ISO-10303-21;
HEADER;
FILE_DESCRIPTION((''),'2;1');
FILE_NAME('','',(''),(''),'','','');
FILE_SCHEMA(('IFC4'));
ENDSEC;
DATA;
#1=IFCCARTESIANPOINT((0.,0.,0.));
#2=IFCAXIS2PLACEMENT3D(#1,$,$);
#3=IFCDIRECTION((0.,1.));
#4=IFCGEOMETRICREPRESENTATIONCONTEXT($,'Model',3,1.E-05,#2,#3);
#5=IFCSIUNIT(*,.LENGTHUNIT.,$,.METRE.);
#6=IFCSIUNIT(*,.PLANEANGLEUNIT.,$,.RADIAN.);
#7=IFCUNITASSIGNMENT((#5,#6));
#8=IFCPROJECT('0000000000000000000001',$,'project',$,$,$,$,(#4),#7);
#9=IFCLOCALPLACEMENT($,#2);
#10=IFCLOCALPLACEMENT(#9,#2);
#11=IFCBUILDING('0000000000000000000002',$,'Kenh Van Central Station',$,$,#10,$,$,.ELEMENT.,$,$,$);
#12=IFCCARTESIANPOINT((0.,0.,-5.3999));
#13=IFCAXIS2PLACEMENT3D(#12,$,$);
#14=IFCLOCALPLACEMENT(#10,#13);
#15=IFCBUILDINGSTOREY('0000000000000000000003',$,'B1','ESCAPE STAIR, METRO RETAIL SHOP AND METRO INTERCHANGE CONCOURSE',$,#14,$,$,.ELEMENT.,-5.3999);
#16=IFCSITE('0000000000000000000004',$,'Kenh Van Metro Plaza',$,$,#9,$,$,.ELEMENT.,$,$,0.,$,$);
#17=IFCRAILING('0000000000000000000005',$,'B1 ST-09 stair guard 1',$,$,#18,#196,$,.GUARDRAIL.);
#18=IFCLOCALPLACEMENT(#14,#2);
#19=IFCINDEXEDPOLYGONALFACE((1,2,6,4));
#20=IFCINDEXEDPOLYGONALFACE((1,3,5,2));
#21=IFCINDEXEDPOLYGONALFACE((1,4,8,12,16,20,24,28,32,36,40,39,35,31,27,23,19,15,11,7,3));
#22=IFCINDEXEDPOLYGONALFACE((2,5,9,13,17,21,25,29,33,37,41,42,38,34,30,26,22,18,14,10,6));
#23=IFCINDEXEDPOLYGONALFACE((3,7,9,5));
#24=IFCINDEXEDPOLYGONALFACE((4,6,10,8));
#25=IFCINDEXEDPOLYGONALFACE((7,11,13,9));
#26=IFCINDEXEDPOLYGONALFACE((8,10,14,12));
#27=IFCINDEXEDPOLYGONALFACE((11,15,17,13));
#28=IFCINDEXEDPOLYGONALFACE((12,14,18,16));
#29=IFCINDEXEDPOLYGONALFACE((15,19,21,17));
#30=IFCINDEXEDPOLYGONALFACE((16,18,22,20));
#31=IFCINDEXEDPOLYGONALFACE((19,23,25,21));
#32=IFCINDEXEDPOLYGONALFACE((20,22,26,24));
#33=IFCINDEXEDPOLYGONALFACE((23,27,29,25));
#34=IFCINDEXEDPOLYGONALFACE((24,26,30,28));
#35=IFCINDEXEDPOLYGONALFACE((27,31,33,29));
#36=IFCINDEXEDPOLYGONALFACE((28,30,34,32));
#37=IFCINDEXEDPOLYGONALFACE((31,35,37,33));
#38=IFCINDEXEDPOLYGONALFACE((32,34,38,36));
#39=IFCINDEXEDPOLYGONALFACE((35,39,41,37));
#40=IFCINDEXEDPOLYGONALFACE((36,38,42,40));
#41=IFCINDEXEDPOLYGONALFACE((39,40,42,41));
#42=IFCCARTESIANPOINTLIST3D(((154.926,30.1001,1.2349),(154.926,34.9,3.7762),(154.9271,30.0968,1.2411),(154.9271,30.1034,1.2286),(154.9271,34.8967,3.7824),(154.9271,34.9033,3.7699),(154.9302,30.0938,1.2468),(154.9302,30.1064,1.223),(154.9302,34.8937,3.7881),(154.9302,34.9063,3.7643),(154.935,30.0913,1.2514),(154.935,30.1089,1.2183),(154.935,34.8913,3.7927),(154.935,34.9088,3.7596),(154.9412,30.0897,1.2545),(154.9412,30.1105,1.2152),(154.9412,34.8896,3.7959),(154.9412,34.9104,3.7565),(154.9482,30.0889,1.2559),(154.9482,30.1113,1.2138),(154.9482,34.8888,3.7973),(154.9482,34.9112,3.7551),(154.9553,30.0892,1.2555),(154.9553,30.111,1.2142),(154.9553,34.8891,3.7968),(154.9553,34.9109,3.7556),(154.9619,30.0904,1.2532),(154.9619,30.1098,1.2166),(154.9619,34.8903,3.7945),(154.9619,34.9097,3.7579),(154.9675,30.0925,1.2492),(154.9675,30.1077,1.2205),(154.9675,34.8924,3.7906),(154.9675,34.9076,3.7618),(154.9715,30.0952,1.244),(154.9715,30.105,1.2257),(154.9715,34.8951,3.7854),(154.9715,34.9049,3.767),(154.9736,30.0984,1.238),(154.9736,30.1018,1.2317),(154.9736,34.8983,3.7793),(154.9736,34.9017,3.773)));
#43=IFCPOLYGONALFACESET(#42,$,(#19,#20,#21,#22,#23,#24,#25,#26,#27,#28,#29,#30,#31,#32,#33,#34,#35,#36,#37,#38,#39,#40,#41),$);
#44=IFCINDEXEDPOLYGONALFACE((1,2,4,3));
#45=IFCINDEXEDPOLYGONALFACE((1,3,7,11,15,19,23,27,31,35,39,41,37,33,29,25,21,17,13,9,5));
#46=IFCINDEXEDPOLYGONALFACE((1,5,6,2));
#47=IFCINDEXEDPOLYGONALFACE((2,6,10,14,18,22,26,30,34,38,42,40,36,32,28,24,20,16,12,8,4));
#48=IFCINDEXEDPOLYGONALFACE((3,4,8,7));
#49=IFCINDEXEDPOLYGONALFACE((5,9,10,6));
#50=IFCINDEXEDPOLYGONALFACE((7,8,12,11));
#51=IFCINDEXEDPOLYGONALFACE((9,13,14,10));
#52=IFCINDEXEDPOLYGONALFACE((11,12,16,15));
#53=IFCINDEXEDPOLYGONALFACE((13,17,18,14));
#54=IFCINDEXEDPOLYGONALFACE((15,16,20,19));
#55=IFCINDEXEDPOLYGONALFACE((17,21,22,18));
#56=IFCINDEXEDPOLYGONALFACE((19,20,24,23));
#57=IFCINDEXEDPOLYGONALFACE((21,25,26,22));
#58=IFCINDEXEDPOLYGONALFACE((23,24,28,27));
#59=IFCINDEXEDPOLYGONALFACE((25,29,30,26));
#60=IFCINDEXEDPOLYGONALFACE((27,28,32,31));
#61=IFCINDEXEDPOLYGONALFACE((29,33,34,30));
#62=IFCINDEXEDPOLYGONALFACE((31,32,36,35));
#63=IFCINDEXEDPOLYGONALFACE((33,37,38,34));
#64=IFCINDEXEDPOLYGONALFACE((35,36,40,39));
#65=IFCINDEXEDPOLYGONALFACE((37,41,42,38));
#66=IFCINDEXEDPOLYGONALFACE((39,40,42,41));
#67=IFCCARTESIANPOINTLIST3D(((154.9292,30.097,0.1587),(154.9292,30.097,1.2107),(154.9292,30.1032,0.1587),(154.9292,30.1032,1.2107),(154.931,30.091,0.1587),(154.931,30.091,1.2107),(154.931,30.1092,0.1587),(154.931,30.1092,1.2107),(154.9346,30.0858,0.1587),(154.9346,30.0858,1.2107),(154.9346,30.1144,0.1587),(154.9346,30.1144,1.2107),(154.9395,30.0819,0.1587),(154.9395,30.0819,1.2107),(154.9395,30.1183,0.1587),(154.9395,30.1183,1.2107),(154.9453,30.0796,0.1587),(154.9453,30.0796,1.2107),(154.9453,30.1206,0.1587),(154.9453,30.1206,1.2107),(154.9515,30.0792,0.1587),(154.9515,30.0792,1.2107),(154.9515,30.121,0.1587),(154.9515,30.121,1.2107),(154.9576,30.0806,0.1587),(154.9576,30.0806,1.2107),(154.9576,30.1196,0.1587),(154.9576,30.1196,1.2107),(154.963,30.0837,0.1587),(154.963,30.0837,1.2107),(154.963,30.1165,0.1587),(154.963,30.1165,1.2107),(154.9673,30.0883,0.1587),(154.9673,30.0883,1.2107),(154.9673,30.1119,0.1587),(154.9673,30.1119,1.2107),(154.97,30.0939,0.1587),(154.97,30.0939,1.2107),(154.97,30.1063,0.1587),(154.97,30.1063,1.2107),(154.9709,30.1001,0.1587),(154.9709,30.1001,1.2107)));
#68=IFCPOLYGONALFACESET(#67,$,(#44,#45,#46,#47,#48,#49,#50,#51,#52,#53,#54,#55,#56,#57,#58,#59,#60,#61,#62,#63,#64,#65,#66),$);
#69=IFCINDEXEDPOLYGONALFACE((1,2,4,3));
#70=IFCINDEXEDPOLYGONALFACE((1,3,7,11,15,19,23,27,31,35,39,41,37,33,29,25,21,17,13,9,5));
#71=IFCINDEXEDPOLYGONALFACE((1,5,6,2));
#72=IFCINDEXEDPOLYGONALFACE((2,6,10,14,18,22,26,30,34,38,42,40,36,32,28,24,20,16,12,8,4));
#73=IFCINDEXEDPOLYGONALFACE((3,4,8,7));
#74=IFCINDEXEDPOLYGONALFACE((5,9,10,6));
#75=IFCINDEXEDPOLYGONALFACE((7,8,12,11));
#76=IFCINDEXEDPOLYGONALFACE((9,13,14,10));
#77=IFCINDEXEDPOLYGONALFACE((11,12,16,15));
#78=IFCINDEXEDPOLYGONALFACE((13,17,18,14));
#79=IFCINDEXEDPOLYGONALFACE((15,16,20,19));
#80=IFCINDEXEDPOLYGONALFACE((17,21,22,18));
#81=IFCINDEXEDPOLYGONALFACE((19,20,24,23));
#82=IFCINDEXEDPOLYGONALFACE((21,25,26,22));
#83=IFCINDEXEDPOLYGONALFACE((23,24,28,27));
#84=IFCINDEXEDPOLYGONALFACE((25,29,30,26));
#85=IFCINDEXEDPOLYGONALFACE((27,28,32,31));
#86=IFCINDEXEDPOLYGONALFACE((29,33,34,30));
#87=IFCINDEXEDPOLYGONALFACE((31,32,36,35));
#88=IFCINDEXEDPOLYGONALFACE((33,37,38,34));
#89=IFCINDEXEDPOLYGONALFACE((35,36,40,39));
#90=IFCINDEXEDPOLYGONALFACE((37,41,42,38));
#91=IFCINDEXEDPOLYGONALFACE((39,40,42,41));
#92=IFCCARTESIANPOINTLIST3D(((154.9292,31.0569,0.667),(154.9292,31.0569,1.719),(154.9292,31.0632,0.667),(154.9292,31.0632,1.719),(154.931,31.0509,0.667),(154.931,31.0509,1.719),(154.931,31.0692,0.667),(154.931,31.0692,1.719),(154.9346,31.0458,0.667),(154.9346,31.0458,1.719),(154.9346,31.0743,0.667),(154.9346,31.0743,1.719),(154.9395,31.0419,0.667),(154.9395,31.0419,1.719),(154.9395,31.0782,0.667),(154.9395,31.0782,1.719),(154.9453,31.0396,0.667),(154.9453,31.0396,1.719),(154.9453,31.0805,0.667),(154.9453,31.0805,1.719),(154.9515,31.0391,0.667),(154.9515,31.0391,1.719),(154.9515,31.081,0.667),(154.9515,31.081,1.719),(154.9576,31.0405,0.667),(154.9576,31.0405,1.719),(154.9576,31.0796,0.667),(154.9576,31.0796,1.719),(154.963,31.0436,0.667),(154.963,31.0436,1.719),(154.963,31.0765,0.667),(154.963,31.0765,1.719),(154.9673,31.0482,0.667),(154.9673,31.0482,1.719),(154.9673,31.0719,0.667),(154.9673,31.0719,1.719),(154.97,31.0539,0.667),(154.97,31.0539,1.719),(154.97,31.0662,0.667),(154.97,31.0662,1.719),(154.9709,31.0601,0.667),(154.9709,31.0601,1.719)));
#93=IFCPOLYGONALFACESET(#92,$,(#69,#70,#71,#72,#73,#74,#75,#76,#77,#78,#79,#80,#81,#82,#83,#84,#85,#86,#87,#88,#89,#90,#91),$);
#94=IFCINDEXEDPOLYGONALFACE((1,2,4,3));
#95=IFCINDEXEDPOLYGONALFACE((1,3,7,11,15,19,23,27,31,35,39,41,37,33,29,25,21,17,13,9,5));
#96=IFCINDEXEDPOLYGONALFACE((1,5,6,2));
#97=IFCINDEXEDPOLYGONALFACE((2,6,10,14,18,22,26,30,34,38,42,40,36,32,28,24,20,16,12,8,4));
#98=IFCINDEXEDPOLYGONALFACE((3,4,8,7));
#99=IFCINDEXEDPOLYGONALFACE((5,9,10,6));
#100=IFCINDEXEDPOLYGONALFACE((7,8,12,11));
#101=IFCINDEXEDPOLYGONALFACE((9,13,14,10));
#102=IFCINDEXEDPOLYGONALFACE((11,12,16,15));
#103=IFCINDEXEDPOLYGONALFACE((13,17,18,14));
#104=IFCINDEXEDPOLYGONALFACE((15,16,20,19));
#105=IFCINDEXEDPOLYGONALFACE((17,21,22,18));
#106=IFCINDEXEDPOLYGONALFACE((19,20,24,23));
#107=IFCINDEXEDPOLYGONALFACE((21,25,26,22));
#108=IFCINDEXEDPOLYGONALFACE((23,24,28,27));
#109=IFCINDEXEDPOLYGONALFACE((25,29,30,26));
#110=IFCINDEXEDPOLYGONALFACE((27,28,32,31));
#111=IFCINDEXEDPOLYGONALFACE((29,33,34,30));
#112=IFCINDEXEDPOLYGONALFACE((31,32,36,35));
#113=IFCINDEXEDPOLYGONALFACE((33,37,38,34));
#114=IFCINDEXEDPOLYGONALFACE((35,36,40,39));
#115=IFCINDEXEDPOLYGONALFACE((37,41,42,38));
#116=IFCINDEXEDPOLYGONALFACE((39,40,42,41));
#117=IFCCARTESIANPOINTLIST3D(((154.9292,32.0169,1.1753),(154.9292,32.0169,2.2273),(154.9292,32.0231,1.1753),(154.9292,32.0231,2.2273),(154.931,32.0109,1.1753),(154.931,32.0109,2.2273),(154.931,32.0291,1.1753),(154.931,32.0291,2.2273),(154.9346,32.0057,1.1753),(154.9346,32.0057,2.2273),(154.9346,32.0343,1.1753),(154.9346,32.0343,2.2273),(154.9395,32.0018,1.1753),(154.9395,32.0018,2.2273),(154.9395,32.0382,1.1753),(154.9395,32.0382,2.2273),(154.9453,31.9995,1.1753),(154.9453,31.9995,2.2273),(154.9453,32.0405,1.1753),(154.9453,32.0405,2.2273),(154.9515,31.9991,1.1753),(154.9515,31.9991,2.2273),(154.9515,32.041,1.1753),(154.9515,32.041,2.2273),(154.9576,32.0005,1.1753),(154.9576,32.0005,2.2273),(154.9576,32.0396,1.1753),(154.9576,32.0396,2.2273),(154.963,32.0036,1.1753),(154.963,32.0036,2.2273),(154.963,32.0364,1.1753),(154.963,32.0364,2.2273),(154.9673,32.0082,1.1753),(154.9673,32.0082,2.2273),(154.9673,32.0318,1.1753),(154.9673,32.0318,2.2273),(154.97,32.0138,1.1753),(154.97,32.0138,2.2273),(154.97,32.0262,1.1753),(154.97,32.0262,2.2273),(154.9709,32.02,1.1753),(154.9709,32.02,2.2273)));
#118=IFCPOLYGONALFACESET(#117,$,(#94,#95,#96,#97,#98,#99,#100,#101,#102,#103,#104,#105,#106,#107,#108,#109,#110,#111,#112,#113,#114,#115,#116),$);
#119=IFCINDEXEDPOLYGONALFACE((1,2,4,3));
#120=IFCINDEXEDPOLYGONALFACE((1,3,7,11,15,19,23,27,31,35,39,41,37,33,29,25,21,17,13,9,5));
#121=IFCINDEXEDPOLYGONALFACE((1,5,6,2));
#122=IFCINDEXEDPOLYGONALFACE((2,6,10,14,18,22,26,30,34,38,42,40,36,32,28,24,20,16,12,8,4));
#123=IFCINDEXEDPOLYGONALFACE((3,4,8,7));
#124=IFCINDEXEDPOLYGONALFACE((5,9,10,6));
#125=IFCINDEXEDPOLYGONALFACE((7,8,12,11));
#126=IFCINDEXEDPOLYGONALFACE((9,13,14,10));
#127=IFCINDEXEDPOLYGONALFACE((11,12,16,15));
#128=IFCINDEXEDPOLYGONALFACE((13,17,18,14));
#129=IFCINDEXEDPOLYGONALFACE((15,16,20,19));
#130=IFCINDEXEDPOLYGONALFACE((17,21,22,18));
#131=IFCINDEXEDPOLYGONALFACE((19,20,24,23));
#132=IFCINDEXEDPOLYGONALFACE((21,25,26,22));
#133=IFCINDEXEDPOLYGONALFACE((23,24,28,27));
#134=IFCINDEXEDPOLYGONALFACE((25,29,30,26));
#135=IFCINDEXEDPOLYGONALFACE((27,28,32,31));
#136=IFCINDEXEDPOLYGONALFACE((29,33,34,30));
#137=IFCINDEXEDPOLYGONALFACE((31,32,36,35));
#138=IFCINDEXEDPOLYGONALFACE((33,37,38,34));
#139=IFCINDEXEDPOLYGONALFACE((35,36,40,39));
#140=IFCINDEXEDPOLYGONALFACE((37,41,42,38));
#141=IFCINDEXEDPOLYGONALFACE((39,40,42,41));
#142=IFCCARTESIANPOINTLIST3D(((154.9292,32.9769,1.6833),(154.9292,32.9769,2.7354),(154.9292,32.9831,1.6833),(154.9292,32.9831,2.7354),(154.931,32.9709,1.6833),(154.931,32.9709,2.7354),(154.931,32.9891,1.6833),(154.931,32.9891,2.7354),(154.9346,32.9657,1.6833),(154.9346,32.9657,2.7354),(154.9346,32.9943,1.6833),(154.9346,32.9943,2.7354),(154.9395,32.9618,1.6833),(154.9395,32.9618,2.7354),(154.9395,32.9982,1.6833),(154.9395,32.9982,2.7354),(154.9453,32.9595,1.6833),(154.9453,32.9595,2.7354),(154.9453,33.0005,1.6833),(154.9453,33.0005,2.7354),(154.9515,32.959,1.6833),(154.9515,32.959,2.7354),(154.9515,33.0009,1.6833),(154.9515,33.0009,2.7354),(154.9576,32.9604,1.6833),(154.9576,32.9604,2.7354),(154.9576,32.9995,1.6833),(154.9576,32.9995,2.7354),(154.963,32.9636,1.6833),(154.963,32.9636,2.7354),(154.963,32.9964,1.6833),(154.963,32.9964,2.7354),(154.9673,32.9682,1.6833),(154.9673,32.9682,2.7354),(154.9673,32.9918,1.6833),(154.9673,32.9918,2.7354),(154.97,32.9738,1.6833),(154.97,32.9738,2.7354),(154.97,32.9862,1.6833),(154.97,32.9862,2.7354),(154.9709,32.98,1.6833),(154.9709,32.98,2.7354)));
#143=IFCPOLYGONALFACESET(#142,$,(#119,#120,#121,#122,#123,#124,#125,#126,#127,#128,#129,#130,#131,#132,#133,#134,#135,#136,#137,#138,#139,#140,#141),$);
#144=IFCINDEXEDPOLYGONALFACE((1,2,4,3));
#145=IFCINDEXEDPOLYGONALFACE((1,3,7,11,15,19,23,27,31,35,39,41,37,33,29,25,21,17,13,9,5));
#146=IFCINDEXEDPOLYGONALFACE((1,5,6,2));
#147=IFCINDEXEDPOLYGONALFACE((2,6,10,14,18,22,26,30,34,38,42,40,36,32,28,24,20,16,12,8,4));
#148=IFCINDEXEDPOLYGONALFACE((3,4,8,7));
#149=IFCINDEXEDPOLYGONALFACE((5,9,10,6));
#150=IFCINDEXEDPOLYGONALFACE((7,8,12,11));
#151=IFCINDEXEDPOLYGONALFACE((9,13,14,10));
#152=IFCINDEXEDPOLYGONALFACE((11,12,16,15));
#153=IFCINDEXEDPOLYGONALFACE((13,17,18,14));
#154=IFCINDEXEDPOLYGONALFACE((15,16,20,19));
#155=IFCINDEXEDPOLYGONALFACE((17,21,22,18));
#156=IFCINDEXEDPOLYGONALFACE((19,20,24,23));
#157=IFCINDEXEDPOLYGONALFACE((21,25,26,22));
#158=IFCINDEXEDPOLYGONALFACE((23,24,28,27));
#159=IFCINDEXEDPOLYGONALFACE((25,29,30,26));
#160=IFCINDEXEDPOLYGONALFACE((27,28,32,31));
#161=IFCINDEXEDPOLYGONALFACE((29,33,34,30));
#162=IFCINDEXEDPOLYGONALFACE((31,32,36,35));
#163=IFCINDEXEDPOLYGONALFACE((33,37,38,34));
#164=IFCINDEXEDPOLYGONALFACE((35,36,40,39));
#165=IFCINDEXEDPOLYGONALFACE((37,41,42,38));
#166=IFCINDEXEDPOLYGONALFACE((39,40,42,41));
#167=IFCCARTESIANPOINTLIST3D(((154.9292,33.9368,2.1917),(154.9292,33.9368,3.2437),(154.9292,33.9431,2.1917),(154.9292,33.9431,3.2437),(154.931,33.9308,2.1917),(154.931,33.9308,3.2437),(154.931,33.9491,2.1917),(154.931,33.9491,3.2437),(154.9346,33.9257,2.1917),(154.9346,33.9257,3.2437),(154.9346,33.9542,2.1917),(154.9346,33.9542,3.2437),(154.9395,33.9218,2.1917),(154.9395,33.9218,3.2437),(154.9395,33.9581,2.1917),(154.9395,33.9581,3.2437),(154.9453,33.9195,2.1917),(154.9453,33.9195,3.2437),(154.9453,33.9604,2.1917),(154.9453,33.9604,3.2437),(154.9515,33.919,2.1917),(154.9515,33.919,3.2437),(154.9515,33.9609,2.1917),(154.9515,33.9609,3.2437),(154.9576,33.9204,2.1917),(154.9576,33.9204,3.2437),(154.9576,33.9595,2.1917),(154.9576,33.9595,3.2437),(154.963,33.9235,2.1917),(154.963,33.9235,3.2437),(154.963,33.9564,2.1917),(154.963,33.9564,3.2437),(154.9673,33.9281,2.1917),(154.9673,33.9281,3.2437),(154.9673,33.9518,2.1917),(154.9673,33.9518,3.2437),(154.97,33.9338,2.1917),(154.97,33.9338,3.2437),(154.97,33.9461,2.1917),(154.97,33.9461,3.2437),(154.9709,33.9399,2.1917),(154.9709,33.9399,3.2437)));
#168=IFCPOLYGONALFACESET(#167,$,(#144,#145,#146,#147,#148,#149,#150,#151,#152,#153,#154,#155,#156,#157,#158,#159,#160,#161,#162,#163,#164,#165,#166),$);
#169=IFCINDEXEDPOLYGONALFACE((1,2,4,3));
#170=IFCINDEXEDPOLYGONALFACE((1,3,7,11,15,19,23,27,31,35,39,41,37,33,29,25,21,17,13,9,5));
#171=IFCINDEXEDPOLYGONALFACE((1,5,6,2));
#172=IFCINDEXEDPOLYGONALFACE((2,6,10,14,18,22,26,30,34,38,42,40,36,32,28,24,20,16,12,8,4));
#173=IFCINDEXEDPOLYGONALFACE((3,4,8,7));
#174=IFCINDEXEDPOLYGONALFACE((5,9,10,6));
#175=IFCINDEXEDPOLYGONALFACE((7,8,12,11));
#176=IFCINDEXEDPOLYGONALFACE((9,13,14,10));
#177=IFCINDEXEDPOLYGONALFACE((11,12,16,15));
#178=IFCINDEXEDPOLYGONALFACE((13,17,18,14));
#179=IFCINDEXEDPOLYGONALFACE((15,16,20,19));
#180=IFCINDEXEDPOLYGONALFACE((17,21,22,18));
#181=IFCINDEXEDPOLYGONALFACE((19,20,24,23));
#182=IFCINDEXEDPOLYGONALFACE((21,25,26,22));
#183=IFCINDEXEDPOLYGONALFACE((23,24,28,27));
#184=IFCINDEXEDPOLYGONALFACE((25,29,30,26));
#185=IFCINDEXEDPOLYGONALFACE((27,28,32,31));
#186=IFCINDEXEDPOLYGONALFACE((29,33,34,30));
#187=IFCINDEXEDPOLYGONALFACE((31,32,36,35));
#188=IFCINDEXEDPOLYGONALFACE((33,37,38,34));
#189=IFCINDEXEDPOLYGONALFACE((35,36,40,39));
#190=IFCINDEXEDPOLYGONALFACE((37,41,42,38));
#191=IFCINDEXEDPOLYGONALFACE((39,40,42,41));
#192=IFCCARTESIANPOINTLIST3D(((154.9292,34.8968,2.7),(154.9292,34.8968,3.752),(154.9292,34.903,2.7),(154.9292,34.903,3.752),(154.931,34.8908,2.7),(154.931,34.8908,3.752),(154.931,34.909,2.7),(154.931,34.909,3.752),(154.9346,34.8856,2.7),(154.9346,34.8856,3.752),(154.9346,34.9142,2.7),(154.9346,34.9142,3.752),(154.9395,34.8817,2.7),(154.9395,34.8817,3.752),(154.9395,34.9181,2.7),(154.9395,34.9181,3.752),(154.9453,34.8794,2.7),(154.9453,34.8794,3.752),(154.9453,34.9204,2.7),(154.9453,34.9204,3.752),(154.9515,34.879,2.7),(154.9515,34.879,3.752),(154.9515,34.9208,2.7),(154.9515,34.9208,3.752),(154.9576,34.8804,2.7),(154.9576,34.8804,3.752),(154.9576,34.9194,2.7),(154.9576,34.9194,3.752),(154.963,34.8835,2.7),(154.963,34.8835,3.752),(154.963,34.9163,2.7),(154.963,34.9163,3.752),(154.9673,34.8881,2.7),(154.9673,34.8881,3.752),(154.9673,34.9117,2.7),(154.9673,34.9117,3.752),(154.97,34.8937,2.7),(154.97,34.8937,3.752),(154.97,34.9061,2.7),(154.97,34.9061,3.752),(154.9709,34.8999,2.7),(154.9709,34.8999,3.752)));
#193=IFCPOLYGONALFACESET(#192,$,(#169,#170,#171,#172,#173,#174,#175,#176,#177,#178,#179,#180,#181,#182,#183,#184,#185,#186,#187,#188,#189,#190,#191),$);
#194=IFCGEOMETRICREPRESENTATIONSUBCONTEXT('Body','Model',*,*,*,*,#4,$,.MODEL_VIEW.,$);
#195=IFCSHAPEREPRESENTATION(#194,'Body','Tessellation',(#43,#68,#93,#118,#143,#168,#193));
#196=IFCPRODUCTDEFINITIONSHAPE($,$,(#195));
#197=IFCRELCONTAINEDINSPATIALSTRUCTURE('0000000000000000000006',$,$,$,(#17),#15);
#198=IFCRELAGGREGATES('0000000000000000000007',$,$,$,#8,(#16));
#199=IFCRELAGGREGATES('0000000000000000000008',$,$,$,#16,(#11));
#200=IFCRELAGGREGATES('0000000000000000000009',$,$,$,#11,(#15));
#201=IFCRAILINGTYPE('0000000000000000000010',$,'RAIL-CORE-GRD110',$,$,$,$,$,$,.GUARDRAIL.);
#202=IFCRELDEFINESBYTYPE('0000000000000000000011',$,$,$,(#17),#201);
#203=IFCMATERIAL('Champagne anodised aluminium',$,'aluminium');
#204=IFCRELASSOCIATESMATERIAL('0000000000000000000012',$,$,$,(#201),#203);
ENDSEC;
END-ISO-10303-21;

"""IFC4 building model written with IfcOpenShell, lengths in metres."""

from ifc_helpers import new_model, si_unit, direction, frame, origin, origin_2d, place, context, subcontext, project, spatial, circle, extrude, material, type_object, element, save


model = new_model("IFC4")

# Units and contexts
model_context = context("Model", 3, precision=1e-05, world=origin(), true_north=direction((0.0, 1.0)))
body_context = subcontext(model_context, "Body", "Model", "MODEL_VIEW")
ifc_project = project(units=[si_unit("LENGTHUNIT", "METRE"), si_unit("PLANEANGLEUNIT", "RADIAN")], contexts=[model_context])

# Site, building, storey
site_placement = place(None, origin())
site = spatial("IfcSite", under=ifc_project, at=site_placement, Name="Kenh Van Metro Plaza", CompositionType="ELEMENT", RefElevation=0.0)
building_placement = place(site_placement, origin())
building = spatial("IfcBuilding", under=site, at=building_placement, Name="Kenh Van Central Station", CompositionType="ELEMENT")
storey_placement = place(building_placement, frame((0.0, 0.0, -5.3999)))
storey = spatial("IfcBuildingStorey", under=building, at=storey_placement, Name="B1", Description="ESCAPE STAIR, METRO RETAIL SHOP AND METRO INTERCHANGE CONCOURSE", CompositionType="ELEMENT", Elevation=-5.3999)

# Shared definitions
ifc_material_1 = material(Name="Champagne anodised aluminium", Category="aluminium")

# Railing
railing_type_1 = type_object("IfcRailingType", Name="RAIL-CORE-GRD110", PredefinedType="GUARDRAIL", material=ifc_material_1)
railing_1_placement = place(storey_placement, frame((154.95, 30.1001, 0.1587)))
element("IfcRailing", 1, at=railing_1_placement, inside=storey, type_object=railing_type_1, Name="B1 ST-09 stair guard 1", PredefinedType="GUARDRAIL", context=body_context, shape_type="SweptSolid", body=[
    extrude(circle(Radius=0.0239, at=origin_2d()), frame((0.0, 0.0, 1.0762), z_axis=(0.0, 0.883774, 0.467915), x_axis=(-1.0, 0.0, 0.0)), (0.0, 0.0, 1.0), 5.4312),
    extrude(circle(Radius=0.021, at=origin_2d()), origin(), (0.0, 0.0, 1.0), 1.052),
    extrude(circle(Radius=0.021, at=origin_2d()), frame((0.0, 0.96, 0.5083)), (0.0, 0.0, 1.0), 1.052),
    extrude(circle(Radius=0.021, at=origin_2d()), frame((0.0, 1.9199, 1.0166)), (0.0, 0.0, 1.0), 1.052),
    extrude(circle(Radius=0.021, at=origin_2d()), frame((0.0, 2.8799, 1.5247)), (0.0, 0.0, 1.0), 1.052),
    extrude(circle(Radius=0.021, at=origin_2d()), frame((0.0, 3.8398, 2.033)), (0.0, 0.0, 1.0), 1.052),
    extrude(circle(Radius=0.021, at=origin_2d()), frame((0.0, 4.7998, 2.5413)), (0.0, 0.0, 1.0), 1.052),
])

save(model, "model.ifc")
